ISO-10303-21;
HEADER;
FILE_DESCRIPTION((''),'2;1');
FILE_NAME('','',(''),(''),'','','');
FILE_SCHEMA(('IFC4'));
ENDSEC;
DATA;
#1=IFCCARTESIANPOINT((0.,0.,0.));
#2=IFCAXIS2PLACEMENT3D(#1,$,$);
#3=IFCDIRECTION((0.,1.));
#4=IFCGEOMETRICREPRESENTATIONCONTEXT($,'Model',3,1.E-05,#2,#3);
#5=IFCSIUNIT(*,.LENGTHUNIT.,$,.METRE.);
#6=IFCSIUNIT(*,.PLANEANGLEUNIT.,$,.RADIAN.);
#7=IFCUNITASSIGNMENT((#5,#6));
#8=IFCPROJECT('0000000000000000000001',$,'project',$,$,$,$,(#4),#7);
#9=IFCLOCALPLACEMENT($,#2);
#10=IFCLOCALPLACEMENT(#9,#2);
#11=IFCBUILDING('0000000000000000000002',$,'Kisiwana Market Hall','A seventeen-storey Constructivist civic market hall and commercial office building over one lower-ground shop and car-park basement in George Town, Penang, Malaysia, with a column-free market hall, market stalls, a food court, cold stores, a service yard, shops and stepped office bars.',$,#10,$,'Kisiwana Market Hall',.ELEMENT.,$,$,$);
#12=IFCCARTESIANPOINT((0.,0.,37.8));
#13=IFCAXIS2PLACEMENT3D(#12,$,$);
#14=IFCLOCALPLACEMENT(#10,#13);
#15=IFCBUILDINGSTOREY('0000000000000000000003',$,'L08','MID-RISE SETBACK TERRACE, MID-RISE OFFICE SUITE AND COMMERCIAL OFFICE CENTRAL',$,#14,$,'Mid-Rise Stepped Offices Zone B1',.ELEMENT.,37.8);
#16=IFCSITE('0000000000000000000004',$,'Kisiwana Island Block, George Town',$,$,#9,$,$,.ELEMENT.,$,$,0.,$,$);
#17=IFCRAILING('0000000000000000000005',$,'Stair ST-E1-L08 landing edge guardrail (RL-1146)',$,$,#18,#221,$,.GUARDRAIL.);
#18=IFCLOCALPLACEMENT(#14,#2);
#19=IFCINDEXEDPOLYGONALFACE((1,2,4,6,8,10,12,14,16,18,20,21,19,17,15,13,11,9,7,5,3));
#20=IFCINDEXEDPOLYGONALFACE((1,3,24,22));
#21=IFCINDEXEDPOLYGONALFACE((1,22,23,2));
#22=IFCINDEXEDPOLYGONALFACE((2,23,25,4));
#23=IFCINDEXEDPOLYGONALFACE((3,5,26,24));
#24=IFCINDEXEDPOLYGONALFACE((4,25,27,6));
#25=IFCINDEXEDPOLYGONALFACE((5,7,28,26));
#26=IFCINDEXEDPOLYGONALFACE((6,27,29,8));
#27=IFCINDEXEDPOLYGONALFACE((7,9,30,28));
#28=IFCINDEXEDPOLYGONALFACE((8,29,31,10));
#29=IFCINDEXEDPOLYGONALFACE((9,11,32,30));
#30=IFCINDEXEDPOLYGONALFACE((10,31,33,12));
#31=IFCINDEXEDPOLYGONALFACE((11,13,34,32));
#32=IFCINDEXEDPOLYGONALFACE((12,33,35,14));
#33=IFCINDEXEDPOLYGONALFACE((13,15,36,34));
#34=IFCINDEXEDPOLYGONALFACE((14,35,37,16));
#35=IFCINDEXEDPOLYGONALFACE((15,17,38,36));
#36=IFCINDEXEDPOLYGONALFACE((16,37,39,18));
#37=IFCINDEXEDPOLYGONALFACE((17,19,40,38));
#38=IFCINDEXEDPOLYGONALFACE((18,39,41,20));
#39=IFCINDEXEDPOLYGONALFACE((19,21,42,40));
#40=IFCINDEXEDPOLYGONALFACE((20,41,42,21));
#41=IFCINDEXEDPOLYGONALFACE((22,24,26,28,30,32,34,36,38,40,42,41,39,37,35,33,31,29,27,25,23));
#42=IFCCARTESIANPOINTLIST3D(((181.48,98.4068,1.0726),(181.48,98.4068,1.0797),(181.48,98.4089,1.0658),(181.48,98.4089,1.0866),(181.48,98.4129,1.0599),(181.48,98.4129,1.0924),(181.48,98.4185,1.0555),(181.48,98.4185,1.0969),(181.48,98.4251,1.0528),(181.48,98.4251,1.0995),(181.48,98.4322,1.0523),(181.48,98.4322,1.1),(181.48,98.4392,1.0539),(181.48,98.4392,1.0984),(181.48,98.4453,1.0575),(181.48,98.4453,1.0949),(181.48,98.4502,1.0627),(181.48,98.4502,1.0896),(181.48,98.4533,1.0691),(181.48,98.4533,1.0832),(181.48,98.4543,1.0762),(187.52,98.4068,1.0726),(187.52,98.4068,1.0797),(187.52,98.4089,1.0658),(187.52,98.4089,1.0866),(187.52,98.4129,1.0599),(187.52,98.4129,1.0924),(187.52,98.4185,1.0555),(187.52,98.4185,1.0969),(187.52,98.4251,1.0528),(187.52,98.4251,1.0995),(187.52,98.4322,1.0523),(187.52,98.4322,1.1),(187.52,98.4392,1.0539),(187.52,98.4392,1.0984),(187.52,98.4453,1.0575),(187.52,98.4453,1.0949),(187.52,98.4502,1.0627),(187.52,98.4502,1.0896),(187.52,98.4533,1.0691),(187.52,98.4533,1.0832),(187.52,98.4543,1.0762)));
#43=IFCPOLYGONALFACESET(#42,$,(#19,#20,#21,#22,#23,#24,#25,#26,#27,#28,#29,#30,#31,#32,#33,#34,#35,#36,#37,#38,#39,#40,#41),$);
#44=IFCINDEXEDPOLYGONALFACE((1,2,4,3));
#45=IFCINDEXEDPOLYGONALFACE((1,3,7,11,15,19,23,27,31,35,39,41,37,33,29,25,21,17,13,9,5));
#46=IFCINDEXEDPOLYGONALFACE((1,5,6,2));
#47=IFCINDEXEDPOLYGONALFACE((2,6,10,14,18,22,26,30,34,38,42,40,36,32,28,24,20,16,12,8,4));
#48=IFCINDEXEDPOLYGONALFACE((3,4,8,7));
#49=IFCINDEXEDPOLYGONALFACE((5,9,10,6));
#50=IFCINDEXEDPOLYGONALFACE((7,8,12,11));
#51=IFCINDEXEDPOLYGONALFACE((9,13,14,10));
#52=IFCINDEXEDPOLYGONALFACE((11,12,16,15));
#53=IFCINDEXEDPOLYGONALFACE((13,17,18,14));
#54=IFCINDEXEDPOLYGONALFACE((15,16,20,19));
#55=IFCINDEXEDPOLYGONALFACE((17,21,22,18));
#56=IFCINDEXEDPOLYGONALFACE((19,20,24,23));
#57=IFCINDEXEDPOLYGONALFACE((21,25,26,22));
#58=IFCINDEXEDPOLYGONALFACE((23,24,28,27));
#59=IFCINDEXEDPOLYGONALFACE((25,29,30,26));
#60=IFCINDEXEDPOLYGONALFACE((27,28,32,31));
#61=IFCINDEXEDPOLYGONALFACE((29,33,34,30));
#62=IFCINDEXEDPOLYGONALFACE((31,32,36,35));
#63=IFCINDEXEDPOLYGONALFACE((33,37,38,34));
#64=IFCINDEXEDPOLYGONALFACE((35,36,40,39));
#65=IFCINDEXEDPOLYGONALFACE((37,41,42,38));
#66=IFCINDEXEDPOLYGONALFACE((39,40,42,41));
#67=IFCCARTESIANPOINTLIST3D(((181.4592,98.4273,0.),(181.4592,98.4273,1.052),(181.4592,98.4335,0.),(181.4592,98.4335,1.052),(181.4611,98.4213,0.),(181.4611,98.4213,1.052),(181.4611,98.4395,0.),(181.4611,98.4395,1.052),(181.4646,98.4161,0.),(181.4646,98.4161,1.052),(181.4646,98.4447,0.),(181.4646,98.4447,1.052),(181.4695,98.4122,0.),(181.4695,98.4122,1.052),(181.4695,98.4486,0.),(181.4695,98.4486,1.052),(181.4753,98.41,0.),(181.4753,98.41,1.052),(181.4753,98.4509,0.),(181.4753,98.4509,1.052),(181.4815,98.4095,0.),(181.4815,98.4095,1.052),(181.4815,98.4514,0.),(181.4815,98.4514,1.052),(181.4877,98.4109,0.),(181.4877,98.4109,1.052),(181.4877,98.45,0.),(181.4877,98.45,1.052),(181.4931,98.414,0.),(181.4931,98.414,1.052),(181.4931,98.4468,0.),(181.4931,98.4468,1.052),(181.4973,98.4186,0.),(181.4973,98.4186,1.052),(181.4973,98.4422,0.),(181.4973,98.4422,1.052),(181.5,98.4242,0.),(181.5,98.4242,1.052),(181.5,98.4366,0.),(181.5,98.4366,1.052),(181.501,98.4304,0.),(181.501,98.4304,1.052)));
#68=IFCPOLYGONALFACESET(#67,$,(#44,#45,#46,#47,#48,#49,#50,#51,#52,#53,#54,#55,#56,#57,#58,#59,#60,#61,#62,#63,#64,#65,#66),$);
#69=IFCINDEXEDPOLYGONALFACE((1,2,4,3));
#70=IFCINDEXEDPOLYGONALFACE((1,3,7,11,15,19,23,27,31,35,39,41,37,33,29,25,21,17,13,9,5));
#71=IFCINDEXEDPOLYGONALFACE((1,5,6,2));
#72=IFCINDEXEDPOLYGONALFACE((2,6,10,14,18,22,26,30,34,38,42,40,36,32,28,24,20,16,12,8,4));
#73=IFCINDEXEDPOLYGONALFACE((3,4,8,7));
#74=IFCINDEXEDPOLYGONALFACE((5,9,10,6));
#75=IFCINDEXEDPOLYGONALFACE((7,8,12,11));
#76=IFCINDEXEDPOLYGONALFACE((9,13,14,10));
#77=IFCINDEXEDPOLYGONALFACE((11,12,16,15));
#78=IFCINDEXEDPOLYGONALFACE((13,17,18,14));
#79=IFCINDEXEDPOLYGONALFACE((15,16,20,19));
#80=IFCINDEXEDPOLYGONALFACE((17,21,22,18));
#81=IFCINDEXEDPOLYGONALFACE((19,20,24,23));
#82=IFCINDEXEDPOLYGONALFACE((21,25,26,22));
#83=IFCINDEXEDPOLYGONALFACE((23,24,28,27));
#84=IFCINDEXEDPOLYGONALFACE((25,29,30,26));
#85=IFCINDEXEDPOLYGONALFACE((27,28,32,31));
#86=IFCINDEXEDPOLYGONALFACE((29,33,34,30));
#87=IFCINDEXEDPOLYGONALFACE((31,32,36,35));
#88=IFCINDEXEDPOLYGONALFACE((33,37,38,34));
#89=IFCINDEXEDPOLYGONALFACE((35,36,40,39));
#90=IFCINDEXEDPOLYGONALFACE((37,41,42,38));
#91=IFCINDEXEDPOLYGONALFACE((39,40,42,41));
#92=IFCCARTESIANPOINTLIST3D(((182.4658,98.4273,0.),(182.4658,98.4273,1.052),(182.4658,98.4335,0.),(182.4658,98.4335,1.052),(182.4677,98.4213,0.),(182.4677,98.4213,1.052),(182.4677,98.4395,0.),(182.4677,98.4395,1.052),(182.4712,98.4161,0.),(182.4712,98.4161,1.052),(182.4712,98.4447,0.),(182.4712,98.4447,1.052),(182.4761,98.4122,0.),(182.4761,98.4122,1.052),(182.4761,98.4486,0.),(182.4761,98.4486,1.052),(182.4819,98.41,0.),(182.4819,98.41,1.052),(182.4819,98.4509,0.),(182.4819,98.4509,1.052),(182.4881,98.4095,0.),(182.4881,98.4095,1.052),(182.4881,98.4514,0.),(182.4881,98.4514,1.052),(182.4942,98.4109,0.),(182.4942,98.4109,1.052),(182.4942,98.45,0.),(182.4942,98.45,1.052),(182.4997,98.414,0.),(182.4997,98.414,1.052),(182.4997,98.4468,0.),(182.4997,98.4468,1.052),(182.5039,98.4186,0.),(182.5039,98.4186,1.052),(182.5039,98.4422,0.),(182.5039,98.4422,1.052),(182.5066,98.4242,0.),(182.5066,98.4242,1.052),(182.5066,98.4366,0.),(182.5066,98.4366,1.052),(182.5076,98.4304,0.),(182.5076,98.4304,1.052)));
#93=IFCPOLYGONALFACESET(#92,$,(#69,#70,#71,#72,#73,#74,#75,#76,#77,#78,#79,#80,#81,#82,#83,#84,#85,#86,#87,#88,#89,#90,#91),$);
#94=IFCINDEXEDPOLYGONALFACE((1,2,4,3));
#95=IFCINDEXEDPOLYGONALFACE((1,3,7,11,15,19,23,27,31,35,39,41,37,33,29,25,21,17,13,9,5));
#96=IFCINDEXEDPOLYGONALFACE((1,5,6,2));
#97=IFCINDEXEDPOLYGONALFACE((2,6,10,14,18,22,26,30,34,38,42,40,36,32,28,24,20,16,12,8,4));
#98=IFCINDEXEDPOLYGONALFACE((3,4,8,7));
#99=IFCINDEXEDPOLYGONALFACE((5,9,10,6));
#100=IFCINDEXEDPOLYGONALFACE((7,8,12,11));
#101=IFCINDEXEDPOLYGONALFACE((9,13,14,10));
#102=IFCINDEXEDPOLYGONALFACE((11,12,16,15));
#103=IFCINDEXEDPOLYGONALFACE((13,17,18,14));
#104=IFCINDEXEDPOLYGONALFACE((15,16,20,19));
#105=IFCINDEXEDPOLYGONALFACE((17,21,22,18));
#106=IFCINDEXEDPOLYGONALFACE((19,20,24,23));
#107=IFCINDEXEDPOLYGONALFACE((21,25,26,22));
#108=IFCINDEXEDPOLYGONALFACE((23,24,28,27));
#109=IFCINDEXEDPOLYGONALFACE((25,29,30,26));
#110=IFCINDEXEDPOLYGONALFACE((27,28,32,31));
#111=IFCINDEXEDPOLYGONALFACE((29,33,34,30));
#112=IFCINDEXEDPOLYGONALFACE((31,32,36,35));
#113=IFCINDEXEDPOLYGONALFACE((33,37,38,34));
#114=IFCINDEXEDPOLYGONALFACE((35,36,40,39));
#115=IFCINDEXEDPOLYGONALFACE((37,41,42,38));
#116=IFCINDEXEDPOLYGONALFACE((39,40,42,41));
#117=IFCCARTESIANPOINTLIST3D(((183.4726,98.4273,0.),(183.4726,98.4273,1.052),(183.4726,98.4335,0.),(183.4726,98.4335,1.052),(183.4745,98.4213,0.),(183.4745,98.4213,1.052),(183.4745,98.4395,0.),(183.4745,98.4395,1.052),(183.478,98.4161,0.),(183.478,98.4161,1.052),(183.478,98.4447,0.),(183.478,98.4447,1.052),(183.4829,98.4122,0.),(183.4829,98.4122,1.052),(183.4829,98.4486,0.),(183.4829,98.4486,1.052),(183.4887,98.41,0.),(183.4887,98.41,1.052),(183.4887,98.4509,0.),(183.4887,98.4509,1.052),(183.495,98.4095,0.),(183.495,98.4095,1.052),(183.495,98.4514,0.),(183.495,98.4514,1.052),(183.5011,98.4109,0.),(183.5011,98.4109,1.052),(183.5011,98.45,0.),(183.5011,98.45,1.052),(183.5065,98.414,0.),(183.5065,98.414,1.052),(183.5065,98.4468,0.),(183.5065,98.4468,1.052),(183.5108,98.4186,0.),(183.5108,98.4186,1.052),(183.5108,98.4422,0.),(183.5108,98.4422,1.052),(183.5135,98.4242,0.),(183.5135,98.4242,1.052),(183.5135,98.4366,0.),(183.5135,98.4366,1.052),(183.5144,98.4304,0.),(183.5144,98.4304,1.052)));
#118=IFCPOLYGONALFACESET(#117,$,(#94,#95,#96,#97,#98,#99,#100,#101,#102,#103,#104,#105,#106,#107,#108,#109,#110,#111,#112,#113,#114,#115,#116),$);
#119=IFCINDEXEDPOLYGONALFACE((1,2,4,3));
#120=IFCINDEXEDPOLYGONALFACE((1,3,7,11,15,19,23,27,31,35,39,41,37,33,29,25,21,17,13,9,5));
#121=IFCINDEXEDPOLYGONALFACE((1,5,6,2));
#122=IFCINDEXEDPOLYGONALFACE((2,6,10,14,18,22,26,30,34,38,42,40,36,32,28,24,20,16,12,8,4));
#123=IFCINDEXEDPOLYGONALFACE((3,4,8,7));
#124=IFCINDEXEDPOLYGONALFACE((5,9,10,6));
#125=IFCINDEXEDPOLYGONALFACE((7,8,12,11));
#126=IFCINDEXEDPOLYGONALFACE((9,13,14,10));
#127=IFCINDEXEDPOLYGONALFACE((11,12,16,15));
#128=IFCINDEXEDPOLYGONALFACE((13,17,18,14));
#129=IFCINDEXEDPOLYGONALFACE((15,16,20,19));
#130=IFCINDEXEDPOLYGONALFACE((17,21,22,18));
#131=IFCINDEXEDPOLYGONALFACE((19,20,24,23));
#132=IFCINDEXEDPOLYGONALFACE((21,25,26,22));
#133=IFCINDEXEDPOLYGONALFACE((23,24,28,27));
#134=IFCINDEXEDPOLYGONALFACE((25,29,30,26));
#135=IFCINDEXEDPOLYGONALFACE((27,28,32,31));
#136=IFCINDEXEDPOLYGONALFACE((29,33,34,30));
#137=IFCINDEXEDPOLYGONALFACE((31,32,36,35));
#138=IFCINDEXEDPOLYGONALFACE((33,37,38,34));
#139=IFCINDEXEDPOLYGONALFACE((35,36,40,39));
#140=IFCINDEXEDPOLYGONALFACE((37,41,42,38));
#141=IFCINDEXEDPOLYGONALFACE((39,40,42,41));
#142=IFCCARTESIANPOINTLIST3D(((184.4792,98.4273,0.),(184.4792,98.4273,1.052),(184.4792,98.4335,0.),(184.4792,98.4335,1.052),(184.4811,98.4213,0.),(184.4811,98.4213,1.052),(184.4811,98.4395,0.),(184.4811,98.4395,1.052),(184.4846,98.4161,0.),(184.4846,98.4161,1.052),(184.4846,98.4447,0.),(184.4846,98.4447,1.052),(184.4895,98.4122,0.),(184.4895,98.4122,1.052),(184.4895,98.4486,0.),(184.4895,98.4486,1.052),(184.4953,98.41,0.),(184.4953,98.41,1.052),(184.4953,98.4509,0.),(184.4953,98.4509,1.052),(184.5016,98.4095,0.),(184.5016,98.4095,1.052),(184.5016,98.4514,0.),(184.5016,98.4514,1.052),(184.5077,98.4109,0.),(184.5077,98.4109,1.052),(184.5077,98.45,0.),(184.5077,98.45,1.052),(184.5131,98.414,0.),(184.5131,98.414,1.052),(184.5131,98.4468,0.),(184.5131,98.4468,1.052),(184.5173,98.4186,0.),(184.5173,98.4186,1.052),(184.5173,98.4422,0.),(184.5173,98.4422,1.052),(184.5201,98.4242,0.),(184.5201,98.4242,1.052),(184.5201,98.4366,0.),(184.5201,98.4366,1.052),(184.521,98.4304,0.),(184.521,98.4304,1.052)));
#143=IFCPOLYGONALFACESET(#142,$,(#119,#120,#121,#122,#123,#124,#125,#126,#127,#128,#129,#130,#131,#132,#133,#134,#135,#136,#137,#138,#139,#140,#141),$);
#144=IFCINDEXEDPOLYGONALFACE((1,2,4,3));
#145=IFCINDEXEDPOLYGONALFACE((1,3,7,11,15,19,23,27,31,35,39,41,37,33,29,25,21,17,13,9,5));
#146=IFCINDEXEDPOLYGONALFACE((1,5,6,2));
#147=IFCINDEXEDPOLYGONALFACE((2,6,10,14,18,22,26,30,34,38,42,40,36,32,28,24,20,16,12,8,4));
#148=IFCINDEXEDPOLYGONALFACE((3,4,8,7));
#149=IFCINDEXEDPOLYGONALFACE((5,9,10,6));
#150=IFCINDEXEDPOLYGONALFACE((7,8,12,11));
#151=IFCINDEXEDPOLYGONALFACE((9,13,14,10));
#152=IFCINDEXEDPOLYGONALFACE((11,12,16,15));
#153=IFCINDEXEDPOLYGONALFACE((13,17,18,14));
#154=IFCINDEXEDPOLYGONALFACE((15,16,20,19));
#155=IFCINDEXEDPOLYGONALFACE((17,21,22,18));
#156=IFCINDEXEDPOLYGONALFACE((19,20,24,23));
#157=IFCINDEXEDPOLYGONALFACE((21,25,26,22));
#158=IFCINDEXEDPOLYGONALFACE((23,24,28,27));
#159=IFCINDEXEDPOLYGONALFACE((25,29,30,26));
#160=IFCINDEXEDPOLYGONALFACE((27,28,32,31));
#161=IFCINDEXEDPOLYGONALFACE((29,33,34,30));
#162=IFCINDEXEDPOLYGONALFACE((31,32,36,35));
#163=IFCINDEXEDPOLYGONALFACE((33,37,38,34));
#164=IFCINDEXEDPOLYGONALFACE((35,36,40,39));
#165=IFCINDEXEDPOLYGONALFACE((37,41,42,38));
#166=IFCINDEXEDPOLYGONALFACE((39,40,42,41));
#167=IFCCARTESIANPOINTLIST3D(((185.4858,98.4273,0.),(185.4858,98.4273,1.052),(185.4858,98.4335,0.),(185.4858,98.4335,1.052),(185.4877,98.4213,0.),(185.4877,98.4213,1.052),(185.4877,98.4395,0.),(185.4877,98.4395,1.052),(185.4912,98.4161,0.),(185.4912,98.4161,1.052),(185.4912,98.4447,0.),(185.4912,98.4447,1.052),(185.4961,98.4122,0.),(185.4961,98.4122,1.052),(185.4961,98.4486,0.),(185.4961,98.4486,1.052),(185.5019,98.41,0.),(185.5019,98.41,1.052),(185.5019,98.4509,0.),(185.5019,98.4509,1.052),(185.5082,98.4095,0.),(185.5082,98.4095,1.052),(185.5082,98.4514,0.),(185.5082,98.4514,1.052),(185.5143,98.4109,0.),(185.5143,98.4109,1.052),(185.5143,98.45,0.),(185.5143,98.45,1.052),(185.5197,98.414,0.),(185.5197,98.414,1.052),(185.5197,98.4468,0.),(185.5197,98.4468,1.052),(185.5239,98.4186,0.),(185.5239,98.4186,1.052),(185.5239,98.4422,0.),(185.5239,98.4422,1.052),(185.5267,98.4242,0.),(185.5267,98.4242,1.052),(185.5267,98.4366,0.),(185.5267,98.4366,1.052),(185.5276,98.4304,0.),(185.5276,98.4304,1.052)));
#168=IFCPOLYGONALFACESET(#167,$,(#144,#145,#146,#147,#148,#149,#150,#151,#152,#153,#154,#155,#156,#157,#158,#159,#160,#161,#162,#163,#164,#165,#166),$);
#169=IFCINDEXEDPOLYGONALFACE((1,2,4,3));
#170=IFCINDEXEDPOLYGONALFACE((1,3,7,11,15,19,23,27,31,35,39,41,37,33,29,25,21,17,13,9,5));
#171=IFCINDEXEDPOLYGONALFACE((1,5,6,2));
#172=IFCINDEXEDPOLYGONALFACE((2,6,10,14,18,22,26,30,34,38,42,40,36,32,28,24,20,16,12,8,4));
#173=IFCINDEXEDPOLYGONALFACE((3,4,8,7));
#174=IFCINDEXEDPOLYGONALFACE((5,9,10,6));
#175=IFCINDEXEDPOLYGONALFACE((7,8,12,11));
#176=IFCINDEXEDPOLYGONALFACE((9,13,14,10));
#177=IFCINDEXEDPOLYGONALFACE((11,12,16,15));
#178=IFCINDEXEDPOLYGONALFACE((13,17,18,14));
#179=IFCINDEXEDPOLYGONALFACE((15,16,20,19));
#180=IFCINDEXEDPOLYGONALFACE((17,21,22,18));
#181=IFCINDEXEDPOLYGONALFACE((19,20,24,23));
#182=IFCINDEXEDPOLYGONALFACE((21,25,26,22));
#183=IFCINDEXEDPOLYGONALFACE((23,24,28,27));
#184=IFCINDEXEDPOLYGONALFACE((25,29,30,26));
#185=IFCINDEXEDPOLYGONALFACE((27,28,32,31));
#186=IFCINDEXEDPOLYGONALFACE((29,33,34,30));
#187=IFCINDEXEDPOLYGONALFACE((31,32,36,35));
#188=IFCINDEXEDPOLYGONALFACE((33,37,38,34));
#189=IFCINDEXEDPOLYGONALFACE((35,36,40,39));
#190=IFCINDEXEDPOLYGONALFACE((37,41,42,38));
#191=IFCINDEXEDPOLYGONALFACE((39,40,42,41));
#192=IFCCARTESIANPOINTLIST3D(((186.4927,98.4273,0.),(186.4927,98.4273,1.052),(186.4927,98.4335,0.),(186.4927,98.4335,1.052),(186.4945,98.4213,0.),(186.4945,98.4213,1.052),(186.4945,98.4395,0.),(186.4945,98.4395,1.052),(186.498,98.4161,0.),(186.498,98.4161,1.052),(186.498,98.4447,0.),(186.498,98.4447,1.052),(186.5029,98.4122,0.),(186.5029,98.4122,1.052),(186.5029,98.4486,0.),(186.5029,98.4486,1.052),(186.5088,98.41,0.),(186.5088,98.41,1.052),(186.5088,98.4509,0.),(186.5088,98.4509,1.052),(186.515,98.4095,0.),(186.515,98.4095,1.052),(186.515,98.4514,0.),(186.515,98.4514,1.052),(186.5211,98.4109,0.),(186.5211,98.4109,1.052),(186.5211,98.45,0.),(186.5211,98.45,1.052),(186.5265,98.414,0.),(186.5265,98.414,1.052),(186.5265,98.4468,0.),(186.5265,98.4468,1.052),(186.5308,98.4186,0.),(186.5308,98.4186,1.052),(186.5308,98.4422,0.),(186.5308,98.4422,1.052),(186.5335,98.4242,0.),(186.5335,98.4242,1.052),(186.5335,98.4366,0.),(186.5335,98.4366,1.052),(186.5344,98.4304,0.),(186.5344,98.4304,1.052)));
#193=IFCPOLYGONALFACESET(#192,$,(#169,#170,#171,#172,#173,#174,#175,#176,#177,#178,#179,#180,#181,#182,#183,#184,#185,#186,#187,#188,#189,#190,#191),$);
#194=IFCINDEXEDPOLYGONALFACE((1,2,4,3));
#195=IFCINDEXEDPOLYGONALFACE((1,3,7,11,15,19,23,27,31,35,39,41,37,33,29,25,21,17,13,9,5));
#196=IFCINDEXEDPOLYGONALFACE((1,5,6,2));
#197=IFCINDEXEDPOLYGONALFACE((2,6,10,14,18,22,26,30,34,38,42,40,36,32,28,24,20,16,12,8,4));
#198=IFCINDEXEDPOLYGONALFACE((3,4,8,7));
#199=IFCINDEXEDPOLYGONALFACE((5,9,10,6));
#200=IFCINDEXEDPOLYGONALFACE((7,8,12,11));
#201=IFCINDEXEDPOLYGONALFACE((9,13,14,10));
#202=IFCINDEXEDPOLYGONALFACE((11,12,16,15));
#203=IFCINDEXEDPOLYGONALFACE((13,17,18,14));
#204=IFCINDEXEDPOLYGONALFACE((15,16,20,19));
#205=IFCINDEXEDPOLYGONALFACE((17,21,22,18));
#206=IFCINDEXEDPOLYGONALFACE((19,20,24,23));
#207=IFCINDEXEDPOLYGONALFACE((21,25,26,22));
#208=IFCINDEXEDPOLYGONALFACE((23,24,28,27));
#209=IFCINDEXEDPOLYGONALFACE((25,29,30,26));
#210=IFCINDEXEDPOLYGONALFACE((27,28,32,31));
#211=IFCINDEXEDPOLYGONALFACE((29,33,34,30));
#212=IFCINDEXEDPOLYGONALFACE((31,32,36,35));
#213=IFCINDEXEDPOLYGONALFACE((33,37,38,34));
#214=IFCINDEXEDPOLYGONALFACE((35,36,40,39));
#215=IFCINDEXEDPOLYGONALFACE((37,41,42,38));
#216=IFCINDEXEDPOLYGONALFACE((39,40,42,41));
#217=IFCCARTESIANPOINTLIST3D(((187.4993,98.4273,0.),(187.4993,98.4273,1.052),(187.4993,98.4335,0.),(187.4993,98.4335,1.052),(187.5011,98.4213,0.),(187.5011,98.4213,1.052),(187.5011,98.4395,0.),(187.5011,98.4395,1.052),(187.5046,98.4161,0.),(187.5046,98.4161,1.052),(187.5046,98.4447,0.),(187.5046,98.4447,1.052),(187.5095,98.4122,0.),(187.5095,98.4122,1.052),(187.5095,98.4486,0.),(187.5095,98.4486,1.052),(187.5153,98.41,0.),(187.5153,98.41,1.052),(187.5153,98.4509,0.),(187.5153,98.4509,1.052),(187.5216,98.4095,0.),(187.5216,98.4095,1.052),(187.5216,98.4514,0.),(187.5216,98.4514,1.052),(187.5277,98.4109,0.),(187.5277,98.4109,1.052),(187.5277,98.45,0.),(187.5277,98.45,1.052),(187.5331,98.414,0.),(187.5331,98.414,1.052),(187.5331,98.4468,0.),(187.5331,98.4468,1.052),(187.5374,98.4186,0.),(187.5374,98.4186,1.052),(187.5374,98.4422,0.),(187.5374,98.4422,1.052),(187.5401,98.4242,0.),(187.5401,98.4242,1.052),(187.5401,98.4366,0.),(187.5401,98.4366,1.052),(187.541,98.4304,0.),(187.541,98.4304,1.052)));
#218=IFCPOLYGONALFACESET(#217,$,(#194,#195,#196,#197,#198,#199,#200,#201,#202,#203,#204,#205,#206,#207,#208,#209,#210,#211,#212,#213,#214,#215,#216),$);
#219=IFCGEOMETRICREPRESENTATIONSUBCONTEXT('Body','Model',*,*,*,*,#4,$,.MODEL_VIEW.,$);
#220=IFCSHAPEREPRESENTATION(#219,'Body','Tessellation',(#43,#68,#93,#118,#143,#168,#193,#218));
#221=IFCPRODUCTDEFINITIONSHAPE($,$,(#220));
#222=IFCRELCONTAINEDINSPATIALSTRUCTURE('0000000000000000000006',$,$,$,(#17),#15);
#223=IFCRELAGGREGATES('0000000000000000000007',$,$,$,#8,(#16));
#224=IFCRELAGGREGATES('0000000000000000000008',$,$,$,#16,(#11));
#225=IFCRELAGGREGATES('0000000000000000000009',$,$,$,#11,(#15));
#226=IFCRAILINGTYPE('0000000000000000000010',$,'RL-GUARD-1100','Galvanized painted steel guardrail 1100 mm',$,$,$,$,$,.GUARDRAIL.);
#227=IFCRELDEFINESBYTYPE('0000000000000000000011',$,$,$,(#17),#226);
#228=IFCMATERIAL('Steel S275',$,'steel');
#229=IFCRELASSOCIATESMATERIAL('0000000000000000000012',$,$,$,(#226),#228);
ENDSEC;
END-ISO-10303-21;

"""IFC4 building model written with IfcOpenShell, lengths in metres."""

from ifc_helpers import new_model, si_unit, direction, frame, origin, origin_2d, place, context, subcontext, project, spatial, circle, extrude, material, type_object, element, save


model = new_model("IFC4")

# Units and contexts
model_context = context("Model", 3, precision=1e-05, world=origin(), true_north=direction((0.0, 1.0)))
body_context = subcontext(model_context, "Body", "Model", "MODEL_VIEW")
ifc_project = project(units=[si_unit("LENGTHUNIT", "METRE"), si_unit("PLANEANGLEUNIT", "RADIAN")], contexts=[model_context])

# Site, building, storey
site_placement = place(None, origin())
site = spatial("IfcSite", under=ifc_project, at=site_placement, Name="Kisiwana Island Block, George Town", CompositionType="ELEMENT", RefElevation=0.0)
building_placement = place(site_placement, origin())
building = spatial("IfcBuilding", under=site, at=building_placement, Name="Kisiwana Market Hall", Description="A seventeen-storey Constructivist civic market hall and commercial office building over one lower-ground shop and car-park basement in George Town, Penang, Malaysia, with a column-free market hall, market stalls, a food court, cold stores, a service yard, shops and stepped office bars.", LongName="Kisiwana Market Hall", CompositionType="ELEMENT")
storey_placement = place(building_placement, frame((0.0, 0.0, 37.8)))
storey = spatial("IfcBuildingStorey", under=building, at=storey_placement, Name="L08", Description="MID-RISE SETBACK TERRACE, MID-RISE OFFICE SUITE AND COMMERCIAL OFFICE CENTRAL", LongName="Mid-Rise Stepped Offices Zone B1", CompositionType="ELEMENT", Elevation=37.8)

# Railing
ifc_material_1 = material(Name="Steel S275", Category="steel")
railing_type = type_object("IfcRailingType", Name="RL-GUARD-1100", Description="Galvanized painted steel guardrail 1100 mm", PredefinedType="GUARDRAIL", material=ifc_material_1)
railing_1_placement = place(storey_placement, frame((181.48, 98.4304, 0.0)))
element("IfcRailing", 1, at=railing_1_placement, inside=storey, type_object=railing_type, Name="Stair ST-E1-L08 landing edge guardrail (RL-1146)", PredefinedType="GUARDRAIL", context=body_context, shape_type="SweptSolid", body=[
    extrude(circle(Radius=0.0239, at=origin_2d()), frame((0.0, 0.0, 1.0762), z_axis=(1.0, 0.0, 0.0), x_axis=(0.0, 1.0, 0.0)), (0.0, 0.0, 1.0), 6.04),
    extrude(circle(Radius=0.021, at=origin_2d()), origin(), (0.0, 0.0, 1.0), 1.052),
    extrude(circle(Radius=0.021, at=origin_2d()), frame((1.0066, 0.0, 0.0)), (0.0, 0.0, 1.0), 1.052),
    extrude(circle(Radius=0.021, at=origin_2d()), frame((2.0134, 0.0, 0.0)), (0.0, 0.0, 1.0), 1.052),
    extrude(circle(Radius=0.021, at=origin_2d()), frame((3.02, 0.0, 0.0)), (0.0, 0.0, 1.0), 1.052),
    extrude(circle(Radius=0.021, at=origin_2d()), frame((4.0266, 0.0, 0.0)), (0.0, 0.0, 1.0), 1.052),
    extrude(circle(Radius=0.021, at=origin_2d()), frame((5.0334, 0.0, 0.0)), (0.0, 0.0, 1.0), 1.052),
    extrude(circle(Radius=0.021, at=origin_2d()), frame((6.04, 0.0, 0.0)), (0.0, 0.0, 1.0), 1.052),
])

save(model, "model.ifc")
